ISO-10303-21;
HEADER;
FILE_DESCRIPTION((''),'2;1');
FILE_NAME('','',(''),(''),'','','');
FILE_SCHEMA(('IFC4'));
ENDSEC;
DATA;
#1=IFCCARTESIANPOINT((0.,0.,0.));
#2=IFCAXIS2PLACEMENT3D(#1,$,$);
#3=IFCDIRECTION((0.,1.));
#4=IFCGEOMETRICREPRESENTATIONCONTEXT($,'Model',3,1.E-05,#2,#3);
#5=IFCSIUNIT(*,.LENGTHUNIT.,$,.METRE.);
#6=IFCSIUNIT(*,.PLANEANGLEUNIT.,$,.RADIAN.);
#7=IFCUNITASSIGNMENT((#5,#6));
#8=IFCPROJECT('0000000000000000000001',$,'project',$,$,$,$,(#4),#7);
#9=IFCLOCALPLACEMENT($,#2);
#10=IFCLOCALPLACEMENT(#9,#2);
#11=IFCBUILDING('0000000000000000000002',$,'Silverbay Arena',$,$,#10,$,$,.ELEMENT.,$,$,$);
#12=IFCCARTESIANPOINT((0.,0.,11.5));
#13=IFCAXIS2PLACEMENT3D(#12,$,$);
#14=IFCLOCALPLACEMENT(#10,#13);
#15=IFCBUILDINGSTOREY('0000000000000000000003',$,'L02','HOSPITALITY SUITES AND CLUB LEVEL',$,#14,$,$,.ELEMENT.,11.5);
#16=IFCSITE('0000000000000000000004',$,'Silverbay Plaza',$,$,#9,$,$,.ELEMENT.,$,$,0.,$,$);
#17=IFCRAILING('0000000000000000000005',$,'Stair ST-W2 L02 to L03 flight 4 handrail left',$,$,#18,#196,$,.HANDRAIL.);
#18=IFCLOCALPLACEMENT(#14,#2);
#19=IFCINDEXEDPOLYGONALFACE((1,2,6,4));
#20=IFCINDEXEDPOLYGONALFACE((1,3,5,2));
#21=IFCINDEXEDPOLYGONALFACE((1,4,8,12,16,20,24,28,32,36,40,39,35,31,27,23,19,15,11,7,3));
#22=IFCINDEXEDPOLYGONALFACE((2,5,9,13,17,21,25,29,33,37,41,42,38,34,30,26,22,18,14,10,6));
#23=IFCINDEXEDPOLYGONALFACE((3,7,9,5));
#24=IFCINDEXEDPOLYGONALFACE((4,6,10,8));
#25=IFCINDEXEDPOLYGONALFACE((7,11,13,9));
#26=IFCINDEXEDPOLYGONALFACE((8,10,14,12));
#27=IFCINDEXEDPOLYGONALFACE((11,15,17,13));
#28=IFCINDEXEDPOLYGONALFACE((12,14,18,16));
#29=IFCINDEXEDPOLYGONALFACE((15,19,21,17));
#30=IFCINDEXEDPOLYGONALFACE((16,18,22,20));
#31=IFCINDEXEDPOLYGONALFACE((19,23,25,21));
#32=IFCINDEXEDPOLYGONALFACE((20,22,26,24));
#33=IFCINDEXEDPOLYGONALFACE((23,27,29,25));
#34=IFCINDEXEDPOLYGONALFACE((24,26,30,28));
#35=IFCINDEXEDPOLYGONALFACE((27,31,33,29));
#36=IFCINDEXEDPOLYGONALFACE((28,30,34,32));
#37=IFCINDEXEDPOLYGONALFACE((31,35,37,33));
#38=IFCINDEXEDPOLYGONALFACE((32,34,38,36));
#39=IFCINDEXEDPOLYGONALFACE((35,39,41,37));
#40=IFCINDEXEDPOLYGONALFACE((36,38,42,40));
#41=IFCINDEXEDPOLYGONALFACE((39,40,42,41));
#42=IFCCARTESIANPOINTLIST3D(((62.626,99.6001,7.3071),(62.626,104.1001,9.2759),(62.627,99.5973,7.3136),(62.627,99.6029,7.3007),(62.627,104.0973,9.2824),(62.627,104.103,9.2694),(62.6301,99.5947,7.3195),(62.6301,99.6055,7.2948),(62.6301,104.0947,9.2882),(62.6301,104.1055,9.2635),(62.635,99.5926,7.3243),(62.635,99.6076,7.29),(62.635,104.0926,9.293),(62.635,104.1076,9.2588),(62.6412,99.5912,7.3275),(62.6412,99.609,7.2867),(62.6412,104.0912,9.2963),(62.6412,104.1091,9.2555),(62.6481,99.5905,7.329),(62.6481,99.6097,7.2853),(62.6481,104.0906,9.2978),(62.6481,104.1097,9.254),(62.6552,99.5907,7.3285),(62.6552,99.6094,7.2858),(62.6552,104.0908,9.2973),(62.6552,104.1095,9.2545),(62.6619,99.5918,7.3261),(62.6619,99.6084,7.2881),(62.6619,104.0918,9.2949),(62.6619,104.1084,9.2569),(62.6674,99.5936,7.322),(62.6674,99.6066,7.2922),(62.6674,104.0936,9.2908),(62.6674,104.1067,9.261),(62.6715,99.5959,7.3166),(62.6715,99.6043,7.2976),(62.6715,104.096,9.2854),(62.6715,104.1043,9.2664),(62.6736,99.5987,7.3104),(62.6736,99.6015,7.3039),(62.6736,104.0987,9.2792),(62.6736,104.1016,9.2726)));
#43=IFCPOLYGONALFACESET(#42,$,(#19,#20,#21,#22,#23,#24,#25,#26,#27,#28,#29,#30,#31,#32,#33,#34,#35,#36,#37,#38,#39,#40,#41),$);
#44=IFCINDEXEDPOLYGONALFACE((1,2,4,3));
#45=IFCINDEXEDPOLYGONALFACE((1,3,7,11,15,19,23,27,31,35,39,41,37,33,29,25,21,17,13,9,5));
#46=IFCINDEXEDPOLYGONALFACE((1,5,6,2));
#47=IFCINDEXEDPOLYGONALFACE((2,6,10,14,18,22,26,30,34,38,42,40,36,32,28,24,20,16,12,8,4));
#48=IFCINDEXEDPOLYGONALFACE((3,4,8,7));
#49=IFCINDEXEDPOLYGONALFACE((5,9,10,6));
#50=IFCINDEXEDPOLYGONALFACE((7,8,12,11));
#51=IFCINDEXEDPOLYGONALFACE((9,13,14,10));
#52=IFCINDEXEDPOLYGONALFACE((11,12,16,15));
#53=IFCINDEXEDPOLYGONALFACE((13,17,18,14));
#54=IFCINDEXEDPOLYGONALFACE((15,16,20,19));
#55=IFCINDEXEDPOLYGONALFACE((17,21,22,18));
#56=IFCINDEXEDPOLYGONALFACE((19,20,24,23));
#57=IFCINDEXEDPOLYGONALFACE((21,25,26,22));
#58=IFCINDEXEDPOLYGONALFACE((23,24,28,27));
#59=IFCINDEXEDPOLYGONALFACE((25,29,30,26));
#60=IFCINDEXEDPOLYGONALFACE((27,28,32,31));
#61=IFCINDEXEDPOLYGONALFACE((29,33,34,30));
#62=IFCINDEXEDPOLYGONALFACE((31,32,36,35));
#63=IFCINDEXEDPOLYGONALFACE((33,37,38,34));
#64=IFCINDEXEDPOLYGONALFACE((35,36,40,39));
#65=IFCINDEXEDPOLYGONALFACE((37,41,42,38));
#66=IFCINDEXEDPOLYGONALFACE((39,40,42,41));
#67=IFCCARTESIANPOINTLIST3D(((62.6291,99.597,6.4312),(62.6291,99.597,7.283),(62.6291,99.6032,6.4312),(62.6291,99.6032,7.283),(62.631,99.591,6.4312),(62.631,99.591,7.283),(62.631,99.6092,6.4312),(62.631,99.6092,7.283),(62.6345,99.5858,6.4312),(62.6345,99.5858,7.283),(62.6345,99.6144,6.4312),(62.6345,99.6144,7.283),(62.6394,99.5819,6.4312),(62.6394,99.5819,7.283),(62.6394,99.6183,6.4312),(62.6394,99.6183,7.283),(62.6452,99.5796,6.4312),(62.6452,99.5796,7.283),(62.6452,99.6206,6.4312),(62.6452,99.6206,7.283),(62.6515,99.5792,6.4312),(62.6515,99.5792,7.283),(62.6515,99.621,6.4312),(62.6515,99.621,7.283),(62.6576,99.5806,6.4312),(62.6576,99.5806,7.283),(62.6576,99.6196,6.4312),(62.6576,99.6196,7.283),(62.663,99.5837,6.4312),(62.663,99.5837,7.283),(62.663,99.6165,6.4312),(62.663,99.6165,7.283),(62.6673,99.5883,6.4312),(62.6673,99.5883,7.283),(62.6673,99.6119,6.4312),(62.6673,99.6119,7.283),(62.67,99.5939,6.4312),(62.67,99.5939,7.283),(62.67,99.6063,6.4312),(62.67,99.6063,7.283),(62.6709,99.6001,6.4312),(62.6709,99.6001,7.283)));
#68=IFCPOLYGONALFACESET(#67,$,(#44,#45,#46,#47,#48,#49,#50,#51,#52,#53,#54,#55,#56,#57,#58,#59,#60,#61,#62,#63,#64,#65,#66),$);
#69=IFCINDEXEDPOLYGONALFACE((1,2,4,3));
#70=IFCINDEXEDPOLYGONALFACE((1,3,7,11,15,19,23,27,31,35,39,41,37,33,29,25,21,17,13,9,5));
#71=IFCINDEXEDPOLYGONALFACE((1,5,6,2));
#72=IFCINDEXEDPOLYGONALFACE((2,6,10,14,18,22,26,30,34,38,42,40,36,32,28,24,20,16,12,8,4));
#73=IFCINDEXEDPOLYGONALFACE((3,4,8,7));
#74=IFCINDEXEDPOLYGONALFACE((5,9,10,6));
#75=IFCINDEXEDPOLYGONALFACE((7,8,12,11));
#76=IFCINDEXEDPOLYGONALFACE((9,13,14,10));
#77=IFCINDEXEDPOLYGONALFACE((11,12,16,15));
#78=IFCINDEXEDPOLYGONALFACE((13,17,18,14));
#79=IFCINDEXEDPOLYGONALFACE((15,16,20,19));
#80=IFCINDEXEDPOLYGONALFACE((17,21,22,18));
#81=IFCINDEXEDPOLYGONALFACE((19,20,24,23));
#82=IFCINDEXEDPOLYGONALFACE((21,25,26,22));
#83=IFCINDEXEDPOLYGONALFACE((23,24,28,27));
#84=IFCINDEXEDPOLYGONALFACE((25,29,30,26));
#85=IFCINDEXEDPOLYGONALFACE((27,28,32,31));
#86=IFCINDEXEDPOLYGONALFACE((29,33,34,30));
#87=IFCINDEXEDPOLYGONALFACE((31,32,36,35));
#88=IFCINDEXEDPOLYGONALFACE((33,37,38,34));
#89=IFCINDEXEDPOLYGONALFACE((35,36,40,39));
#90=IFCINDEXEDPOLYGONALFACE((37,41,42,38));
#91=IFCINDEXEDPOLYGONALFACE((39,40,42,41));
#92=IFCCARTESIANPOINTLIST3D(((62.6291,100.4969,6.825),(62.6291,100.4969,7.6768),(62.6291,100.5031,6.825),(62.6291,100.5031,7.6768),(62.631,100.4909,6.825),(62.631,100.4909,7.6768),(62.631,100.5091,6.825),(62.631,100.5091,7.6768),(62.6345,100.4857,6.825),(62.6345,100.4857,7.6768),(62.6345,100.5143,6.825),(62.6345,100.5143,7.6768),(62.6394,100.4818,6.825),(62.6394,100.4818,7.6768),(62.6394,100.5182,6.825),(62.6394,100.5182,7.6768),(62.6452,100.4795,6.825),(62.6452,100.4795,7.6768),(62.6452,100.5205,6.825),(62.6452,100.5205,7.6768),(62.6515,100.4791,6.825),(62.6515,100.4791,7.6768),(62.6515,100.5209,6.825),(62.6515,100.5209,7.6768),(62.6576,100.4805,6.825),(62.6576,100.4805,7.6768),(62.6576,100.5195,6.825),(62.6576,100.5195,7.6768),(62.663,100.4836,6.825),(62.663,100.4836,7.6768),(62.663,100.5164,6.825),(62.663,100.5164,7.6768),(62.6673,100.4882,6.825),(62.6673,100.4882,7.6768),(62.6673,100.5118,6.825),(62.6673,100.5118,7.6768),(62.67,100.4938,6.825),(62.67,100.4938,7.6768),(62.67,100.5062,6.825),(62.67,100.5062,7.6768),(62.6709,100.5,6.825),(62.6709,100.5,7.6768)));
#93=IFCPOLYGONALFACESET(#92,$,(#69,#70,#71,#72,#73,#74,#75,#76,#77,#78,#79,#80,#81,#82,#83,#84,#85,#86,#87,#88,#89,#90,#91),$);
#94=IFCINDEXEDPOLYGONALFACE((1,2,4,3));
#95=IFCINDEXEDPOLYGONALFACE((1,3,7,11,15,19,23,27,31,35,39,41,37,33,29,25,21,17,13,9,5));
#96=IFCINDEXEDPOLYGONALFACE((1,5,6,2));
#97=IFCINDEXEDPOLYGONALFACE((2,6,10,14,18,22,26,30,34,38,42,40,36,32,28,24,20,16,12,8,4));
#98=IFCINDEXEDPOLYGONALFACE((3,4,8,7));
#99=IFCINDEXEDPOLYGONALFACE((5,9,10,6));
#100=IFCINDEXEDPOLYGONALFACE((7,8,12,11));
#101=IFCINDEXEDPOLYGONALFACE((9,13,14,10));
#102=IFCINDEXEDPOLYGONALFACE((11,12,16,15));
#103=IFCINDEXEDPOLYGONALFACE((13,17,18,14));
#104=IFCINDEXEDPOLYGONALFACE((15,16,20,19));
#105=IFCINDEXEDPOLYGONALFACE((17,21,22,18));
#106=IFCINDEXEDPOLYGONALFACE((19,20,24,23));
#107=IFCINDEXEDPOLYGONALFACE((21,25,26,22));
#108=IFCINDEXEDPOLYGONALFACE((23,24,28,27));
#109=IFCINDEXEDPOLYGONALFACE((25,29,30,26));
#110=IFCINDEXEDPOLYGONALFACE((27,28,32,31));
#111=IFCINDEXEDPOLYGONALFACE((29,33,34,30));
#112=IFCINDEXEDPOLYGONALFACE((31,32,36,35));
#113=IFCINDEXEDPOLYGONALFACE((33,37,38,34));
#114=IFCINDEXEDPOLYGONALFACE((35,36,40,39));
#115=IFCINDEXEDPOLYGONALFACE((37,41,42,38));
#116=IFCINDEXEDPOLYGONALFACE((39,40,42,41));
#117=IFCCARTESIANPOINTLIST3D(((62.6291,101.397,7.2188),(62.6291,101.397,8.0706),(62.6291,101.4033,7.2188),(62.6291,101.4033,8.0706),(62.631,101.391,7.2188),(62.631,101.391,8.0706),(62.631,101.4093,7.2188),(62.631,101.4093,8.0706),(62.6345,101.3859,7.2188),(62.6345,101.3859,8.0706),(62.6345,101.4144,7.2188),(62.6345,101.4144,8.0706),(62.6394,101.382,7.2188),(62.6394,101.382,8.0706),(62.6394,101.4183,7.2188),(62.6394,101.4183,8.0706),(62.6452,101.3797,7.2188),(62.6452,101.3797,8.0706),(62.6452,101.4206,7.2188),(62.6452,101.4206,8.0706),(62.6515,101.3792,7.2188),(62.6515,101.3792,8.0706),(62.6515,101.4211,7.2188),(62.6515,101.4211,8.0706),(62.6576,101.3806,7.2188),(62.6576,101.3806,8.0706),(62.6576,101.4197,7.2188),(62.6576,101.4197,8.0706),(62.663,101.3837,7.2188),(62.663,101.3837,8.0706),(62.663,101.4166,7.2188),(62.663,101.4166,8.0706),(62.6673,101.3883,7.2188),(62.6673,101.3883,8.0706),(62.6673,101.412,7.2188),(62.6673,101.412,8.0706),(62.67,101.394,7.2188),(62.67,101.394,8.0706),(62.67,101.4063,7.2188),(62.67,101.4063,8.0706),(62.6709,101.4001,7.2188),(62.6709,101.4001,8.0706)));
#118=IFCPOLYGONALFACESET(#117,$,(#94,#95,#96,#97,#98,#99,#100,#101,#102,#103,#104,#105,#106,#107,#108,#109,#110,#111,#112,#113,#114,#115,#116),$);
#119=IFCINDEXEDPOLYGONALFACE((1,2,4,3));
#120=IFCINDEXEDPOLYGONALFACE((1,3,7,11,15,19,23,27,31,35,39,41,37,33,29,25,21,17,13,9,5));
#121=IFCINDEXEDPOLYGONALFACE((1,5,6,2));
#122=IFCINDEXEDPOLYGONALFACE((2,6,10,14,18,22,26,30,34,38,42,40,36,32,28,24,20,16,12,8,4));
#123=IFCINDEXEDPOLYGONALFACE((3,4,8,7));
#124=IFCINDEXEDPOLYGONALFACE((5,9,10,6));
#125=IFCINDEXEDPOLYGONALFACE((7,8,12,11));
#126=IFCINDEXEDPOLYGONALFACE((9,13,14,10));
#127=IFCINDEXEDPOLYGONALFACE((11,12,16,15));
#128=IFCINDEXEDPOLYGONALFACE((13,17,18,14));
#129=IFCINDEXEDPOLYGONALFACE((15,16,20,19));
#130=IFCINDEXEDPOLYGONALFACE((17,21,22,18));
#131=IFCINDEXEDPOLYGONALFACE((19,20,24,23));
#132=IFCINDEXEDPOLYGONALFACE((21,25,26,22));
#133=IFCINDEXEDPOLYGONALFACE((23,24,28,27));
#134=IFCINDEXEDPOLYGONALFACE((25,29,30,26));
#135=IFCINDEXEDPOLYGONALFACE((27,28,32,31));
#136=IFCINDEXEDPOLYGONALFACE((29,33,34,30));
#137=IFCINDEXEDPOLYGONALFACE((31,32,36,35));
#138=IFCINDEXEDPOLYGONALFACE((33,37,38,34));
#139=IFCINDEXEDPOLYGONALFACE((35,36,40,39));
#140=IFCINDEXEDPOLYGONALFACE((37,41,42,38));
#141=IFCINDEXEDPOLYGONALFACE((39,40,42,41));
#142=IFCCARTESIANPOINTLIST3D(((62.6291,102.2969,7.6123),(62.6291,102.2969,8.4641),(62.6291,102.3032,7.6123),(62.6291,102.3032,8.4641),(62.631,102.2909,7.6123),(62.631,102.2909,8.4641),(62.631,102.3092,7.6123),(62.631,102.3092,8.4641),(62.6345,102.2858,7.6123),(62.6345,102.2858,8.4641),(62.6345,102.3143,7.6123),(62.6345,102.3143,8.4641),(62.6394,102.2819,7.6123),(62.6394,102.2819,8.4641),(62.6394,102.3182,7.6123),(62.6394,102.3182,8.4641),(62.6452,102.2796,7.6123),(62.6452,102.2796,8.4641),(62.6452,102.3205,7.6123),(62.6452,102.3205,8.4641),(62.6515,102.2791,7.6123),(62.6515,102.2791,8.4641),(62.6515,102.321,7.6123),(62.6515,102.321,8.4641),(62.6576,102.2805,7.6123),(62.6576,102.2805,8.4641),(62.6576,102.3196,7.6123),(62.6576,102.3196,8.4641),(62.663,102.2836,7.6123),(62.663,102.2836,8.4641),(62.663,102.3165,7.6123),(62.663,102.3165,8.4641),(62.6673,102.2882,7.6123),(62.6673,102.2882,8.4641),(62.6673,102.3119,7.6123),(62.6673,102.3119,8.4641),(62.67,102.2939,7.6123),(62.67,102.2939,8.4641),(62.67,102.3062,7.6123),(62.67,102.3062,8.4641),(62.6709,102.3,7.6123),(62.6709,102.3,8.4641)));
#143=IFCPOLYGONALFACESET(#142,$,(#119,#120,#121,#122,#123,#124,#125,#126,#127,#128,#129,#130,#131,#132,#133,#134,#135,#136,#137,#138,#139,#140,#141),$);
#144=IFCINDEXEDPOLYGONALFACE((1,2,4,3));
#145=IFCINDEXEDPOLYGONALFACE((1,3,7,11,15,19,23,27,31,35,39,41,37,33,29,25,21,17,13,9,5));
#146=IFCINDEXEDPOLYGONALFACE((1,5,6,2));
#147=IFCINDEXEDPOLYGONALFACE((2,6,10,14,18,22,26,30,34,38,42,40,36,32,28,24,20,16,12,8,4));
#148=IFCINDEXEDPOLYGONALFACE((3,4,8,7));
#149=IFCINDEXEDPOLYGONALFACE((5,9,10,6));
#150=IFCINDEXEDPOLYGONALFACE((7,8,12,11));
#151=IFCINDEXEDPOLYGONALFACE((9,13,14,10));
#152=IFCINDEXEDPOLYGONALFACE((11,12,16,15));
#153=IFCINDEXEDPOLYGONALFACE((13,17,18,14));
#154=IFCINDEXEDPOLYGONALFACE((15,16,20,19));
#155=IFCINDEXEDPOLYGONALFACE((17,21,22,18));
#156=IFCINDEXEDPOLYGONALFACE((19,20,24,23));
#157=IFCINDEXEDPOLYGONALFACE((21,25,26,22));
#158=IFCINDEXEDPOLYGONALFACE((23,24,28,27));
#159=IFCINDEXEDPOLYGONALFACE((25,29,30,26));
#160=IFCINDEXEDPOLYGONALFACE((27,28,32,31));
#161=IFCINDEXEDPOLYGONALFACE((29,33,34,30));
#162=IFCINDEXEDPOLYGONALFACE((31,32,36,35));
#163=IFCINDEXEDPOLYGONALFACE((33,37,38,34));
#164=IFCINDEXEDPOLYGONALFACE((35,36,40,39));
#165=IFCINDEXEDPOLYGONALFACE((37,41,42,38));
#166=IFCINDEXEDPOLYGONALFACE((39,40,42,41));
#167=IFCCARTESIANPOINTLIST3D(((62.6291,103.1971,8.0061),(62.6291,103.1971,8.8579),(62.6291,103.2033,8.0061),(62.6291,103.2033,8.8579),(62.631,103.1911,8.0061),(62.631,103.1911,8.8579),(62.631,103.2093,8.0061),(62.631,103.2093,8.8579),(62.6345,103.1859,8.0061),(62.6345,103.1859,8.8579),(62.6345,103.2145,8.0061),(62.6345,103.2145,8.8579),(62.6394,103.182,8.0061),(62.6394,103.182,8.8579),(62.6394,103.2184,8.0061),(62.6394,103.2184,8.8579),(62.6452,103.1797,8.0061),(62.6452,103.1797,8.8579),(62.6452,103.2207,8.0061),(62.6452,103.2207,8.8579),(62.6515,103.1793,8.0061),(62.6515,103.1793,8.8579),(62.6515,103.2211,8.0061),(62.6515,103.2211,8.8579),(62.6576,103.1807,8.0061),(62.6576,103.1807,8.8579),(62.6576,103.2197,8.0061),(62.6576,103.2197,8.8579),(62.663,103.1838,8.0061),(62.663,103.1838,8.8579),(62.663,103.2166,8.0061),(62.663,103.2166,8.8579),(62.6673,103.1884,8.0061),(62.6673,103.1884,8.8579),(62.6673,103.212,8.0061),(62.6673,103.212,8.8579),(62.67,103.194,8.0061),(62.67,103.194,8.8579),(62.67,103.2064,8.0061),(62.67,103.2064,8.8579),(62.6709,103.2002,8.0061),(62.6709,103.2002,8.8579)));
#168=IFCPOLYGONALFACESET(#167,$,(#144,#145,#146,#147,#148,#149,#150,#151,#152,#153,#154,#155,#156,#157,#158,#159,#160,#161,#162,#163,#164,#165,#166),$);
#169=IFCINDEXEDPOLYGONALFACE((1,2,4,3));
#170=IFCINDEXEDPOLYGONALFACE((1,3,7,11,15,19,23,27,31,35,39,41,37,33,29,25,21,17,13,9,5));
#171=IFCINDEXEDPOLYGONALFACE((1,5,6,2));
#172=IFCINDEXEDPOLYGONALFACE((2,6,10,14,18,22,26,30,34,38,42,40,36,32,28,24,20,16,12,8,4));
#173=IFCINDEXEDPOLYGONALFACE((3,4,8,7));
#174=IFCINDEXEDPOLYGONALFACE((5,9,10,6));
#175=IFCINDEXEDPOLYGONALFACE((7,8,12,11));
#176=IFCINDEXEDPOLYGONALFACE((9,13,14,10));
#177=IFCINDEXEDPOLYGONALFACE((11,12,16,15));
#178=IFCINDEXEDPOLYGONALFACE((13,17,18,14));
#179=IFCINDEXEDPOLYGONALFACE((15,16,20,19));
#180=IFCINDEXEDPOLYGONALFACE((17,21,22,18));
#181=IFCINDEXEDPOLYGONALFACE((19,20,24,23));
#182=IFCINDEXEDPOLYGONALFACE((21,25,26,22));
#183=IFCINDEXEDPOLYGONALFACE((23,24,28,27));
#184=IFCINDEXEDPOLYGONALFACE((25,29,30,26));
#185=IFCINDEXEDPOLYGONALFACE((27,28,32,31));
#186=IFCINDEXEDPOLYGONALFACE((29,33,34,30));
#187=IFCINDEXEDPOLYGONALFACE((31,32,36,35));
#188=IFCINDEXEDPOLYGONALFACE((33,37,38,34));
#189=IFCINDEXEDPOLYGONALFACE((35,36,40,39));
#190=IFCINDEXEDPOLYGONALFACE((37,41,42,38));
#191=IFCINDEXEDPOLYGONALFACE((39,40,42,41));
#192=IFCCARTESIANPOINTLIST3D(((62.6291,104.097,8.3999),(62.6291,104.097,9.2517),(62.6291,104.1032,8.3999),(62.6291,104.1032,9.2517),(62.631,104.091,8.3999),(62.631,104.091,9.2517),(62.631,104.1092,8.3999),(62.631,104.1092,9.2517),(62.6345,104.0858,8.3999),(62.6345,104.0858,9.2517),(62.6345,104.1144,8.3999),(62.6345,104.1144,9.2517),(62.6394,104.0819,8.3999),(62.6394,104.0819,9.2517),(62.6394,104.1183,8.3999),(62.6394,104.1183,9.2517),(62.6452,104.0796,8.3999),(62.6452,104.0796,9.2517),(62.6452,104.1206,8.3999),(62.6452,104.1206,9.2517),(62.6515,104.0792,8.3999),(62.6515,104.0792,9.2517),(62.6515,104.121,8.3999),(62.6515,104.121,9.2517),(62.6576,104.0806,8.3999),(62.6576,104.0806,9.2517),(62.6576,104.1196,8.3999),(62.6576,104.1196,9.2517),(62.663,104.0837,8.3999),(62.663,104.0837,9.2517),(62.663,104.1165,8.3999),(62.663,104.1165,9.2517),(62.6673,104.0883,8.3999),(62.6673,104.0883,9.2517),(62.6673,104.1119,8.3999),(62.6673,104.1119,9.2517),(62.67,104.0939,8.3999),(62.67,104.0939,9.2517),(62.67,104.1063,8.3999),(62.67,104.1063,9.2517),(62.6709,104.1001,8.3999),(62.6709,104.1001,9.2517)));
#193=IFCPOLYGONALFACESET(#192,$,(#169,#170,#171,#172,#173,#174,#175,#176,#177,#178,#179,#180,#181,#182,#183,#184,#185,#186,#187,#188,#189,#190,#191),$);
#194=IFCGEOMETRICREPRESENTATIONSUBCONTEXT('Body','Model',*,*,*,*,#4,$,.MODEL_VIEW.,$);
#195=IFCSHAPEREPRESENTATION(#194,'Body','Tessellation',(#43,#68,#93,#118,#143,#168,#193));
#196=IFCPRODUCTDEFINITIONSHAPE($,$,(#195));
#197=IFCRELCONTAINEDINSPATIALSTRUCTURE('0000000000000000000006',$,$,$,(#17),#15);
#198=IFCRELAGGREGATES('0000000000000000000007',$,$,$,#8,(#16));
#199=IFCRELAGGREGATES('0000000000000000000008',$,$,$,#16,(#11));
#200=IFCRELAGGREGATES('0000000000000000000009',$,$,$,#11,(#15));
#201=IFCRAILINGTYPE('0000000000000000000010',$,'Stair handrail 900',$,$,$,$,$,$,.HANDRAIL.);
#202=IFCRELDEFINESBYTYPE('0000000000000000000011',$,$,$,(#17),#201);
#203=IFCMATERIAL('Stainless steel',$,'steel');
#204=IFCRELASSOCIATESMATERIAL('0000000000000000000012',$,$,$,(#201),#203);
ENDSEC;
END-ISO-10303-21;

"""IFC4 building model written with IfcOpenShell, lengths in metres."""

from ifc_helpers import new_model, si_unit, direction, frame, origin, origin_2d, place, context, subcontext, project, spatial, circle, extrude, material, type_object, element, save


model = new_model("IFC4")

# Units and contexts
model_context = context("Model", 3, precision=1e-05, world=origin(), true_north=direction((0.0, 1.0)))
body_context = subcontext(model_context, "Body", "Model", "MODEL_VIEW")
ifc_project = project(units=[si_unit("LENGTHUNIT", "METRE"), si_unit("PLANEANGLEUNIT", "RADIAN")], contexts=[model_context])

# Site, building, storey
site_placement = place(None, origin())
site = spatial("IfcSite", under=ifc_project, at=site_placement, Name="Silverbay Plaza", CompositionType="ELEMENT", RefElevation=0.0)
building_placement = place(site_placement, origin())
building = spatial("IfcBuilding", under=site, at=building_placement, Name="Silverbay Arena", CompositionType="ELEMENT")
storey_placement = place(building_placement, frame((0.0, 0.0, 11.5)))
storey = spatial("IfcBuildingStorey", under=building, at=storey_placement, Name="L02", Description="HOSPITALITY SUITES AND CLUB LEVEL", CompositionType="ELEMENT", Elevation=11.5)

# Railing
ifc_material_1 = material(Name="Stainless steel", Category="steel")
railing_type_1 = type_object("IfcRailingType", Name="Stair handrail 900", PredefinedType="HANDRAIL", material=ifc_material_1)
for number, where, name in (
    (1, (62.6499, 99.6001, 6.4312), "Stair ST-W2 L02 to L03 flight 4 handrail left"),
):
    element("IfcRailing", number, at=place(storey_placement, frame(where)), inside=storey, type_object=railing_type_1, Name=name, PredefinedType="HANDRAIL", context=body_context, shape_type="SweptSolid", body=[
        extrude(circle(Radius=0.0239, at=origin_2d()), frame((0.0, 0.0, 0.876), z_axis=(0.0, 0.916157, 0.400819), x_axis=(-1.0, 0.0, 0.0)), (0.0, 0.0, 1.0), 4.9119),
        extrude(circle(Radius=0.021, at=origin_2d()), origin(), (0.0, 0.0, 1.0), 0.8518),
        extrude(circle(Radius=0.021, at=origin_2d()), frame((0.0, 0.8999, 0.3938)), (0.0, 0.0, 1.0), 0.8518),
        extrude(circle(Radius=0.021, at=origin_2d()), frame((0.0, 1.8, 0.7876)), (0.0, 0.0, 1.0), 0.8518),
        extrude(circle(Radius=0.021, at=origin_2d()), frame((0.0, 2.7, 1.1812)), (0.0, 0.0, 1.0), 0.8518),
        extrude(circle(Radius=0.021, at=origin_2d()), frame((0.0, 3.6001, 1.575)), (0.0, 0.0, 1.0), 0.8518),
        extrude(circle(Radius=0.021, at=origin_2d()), frame((0.0, 4.5, 1.9688)), (0.0, 0.0, 1.0), 0.8518),
    ])

save(model, "model.ifc")
